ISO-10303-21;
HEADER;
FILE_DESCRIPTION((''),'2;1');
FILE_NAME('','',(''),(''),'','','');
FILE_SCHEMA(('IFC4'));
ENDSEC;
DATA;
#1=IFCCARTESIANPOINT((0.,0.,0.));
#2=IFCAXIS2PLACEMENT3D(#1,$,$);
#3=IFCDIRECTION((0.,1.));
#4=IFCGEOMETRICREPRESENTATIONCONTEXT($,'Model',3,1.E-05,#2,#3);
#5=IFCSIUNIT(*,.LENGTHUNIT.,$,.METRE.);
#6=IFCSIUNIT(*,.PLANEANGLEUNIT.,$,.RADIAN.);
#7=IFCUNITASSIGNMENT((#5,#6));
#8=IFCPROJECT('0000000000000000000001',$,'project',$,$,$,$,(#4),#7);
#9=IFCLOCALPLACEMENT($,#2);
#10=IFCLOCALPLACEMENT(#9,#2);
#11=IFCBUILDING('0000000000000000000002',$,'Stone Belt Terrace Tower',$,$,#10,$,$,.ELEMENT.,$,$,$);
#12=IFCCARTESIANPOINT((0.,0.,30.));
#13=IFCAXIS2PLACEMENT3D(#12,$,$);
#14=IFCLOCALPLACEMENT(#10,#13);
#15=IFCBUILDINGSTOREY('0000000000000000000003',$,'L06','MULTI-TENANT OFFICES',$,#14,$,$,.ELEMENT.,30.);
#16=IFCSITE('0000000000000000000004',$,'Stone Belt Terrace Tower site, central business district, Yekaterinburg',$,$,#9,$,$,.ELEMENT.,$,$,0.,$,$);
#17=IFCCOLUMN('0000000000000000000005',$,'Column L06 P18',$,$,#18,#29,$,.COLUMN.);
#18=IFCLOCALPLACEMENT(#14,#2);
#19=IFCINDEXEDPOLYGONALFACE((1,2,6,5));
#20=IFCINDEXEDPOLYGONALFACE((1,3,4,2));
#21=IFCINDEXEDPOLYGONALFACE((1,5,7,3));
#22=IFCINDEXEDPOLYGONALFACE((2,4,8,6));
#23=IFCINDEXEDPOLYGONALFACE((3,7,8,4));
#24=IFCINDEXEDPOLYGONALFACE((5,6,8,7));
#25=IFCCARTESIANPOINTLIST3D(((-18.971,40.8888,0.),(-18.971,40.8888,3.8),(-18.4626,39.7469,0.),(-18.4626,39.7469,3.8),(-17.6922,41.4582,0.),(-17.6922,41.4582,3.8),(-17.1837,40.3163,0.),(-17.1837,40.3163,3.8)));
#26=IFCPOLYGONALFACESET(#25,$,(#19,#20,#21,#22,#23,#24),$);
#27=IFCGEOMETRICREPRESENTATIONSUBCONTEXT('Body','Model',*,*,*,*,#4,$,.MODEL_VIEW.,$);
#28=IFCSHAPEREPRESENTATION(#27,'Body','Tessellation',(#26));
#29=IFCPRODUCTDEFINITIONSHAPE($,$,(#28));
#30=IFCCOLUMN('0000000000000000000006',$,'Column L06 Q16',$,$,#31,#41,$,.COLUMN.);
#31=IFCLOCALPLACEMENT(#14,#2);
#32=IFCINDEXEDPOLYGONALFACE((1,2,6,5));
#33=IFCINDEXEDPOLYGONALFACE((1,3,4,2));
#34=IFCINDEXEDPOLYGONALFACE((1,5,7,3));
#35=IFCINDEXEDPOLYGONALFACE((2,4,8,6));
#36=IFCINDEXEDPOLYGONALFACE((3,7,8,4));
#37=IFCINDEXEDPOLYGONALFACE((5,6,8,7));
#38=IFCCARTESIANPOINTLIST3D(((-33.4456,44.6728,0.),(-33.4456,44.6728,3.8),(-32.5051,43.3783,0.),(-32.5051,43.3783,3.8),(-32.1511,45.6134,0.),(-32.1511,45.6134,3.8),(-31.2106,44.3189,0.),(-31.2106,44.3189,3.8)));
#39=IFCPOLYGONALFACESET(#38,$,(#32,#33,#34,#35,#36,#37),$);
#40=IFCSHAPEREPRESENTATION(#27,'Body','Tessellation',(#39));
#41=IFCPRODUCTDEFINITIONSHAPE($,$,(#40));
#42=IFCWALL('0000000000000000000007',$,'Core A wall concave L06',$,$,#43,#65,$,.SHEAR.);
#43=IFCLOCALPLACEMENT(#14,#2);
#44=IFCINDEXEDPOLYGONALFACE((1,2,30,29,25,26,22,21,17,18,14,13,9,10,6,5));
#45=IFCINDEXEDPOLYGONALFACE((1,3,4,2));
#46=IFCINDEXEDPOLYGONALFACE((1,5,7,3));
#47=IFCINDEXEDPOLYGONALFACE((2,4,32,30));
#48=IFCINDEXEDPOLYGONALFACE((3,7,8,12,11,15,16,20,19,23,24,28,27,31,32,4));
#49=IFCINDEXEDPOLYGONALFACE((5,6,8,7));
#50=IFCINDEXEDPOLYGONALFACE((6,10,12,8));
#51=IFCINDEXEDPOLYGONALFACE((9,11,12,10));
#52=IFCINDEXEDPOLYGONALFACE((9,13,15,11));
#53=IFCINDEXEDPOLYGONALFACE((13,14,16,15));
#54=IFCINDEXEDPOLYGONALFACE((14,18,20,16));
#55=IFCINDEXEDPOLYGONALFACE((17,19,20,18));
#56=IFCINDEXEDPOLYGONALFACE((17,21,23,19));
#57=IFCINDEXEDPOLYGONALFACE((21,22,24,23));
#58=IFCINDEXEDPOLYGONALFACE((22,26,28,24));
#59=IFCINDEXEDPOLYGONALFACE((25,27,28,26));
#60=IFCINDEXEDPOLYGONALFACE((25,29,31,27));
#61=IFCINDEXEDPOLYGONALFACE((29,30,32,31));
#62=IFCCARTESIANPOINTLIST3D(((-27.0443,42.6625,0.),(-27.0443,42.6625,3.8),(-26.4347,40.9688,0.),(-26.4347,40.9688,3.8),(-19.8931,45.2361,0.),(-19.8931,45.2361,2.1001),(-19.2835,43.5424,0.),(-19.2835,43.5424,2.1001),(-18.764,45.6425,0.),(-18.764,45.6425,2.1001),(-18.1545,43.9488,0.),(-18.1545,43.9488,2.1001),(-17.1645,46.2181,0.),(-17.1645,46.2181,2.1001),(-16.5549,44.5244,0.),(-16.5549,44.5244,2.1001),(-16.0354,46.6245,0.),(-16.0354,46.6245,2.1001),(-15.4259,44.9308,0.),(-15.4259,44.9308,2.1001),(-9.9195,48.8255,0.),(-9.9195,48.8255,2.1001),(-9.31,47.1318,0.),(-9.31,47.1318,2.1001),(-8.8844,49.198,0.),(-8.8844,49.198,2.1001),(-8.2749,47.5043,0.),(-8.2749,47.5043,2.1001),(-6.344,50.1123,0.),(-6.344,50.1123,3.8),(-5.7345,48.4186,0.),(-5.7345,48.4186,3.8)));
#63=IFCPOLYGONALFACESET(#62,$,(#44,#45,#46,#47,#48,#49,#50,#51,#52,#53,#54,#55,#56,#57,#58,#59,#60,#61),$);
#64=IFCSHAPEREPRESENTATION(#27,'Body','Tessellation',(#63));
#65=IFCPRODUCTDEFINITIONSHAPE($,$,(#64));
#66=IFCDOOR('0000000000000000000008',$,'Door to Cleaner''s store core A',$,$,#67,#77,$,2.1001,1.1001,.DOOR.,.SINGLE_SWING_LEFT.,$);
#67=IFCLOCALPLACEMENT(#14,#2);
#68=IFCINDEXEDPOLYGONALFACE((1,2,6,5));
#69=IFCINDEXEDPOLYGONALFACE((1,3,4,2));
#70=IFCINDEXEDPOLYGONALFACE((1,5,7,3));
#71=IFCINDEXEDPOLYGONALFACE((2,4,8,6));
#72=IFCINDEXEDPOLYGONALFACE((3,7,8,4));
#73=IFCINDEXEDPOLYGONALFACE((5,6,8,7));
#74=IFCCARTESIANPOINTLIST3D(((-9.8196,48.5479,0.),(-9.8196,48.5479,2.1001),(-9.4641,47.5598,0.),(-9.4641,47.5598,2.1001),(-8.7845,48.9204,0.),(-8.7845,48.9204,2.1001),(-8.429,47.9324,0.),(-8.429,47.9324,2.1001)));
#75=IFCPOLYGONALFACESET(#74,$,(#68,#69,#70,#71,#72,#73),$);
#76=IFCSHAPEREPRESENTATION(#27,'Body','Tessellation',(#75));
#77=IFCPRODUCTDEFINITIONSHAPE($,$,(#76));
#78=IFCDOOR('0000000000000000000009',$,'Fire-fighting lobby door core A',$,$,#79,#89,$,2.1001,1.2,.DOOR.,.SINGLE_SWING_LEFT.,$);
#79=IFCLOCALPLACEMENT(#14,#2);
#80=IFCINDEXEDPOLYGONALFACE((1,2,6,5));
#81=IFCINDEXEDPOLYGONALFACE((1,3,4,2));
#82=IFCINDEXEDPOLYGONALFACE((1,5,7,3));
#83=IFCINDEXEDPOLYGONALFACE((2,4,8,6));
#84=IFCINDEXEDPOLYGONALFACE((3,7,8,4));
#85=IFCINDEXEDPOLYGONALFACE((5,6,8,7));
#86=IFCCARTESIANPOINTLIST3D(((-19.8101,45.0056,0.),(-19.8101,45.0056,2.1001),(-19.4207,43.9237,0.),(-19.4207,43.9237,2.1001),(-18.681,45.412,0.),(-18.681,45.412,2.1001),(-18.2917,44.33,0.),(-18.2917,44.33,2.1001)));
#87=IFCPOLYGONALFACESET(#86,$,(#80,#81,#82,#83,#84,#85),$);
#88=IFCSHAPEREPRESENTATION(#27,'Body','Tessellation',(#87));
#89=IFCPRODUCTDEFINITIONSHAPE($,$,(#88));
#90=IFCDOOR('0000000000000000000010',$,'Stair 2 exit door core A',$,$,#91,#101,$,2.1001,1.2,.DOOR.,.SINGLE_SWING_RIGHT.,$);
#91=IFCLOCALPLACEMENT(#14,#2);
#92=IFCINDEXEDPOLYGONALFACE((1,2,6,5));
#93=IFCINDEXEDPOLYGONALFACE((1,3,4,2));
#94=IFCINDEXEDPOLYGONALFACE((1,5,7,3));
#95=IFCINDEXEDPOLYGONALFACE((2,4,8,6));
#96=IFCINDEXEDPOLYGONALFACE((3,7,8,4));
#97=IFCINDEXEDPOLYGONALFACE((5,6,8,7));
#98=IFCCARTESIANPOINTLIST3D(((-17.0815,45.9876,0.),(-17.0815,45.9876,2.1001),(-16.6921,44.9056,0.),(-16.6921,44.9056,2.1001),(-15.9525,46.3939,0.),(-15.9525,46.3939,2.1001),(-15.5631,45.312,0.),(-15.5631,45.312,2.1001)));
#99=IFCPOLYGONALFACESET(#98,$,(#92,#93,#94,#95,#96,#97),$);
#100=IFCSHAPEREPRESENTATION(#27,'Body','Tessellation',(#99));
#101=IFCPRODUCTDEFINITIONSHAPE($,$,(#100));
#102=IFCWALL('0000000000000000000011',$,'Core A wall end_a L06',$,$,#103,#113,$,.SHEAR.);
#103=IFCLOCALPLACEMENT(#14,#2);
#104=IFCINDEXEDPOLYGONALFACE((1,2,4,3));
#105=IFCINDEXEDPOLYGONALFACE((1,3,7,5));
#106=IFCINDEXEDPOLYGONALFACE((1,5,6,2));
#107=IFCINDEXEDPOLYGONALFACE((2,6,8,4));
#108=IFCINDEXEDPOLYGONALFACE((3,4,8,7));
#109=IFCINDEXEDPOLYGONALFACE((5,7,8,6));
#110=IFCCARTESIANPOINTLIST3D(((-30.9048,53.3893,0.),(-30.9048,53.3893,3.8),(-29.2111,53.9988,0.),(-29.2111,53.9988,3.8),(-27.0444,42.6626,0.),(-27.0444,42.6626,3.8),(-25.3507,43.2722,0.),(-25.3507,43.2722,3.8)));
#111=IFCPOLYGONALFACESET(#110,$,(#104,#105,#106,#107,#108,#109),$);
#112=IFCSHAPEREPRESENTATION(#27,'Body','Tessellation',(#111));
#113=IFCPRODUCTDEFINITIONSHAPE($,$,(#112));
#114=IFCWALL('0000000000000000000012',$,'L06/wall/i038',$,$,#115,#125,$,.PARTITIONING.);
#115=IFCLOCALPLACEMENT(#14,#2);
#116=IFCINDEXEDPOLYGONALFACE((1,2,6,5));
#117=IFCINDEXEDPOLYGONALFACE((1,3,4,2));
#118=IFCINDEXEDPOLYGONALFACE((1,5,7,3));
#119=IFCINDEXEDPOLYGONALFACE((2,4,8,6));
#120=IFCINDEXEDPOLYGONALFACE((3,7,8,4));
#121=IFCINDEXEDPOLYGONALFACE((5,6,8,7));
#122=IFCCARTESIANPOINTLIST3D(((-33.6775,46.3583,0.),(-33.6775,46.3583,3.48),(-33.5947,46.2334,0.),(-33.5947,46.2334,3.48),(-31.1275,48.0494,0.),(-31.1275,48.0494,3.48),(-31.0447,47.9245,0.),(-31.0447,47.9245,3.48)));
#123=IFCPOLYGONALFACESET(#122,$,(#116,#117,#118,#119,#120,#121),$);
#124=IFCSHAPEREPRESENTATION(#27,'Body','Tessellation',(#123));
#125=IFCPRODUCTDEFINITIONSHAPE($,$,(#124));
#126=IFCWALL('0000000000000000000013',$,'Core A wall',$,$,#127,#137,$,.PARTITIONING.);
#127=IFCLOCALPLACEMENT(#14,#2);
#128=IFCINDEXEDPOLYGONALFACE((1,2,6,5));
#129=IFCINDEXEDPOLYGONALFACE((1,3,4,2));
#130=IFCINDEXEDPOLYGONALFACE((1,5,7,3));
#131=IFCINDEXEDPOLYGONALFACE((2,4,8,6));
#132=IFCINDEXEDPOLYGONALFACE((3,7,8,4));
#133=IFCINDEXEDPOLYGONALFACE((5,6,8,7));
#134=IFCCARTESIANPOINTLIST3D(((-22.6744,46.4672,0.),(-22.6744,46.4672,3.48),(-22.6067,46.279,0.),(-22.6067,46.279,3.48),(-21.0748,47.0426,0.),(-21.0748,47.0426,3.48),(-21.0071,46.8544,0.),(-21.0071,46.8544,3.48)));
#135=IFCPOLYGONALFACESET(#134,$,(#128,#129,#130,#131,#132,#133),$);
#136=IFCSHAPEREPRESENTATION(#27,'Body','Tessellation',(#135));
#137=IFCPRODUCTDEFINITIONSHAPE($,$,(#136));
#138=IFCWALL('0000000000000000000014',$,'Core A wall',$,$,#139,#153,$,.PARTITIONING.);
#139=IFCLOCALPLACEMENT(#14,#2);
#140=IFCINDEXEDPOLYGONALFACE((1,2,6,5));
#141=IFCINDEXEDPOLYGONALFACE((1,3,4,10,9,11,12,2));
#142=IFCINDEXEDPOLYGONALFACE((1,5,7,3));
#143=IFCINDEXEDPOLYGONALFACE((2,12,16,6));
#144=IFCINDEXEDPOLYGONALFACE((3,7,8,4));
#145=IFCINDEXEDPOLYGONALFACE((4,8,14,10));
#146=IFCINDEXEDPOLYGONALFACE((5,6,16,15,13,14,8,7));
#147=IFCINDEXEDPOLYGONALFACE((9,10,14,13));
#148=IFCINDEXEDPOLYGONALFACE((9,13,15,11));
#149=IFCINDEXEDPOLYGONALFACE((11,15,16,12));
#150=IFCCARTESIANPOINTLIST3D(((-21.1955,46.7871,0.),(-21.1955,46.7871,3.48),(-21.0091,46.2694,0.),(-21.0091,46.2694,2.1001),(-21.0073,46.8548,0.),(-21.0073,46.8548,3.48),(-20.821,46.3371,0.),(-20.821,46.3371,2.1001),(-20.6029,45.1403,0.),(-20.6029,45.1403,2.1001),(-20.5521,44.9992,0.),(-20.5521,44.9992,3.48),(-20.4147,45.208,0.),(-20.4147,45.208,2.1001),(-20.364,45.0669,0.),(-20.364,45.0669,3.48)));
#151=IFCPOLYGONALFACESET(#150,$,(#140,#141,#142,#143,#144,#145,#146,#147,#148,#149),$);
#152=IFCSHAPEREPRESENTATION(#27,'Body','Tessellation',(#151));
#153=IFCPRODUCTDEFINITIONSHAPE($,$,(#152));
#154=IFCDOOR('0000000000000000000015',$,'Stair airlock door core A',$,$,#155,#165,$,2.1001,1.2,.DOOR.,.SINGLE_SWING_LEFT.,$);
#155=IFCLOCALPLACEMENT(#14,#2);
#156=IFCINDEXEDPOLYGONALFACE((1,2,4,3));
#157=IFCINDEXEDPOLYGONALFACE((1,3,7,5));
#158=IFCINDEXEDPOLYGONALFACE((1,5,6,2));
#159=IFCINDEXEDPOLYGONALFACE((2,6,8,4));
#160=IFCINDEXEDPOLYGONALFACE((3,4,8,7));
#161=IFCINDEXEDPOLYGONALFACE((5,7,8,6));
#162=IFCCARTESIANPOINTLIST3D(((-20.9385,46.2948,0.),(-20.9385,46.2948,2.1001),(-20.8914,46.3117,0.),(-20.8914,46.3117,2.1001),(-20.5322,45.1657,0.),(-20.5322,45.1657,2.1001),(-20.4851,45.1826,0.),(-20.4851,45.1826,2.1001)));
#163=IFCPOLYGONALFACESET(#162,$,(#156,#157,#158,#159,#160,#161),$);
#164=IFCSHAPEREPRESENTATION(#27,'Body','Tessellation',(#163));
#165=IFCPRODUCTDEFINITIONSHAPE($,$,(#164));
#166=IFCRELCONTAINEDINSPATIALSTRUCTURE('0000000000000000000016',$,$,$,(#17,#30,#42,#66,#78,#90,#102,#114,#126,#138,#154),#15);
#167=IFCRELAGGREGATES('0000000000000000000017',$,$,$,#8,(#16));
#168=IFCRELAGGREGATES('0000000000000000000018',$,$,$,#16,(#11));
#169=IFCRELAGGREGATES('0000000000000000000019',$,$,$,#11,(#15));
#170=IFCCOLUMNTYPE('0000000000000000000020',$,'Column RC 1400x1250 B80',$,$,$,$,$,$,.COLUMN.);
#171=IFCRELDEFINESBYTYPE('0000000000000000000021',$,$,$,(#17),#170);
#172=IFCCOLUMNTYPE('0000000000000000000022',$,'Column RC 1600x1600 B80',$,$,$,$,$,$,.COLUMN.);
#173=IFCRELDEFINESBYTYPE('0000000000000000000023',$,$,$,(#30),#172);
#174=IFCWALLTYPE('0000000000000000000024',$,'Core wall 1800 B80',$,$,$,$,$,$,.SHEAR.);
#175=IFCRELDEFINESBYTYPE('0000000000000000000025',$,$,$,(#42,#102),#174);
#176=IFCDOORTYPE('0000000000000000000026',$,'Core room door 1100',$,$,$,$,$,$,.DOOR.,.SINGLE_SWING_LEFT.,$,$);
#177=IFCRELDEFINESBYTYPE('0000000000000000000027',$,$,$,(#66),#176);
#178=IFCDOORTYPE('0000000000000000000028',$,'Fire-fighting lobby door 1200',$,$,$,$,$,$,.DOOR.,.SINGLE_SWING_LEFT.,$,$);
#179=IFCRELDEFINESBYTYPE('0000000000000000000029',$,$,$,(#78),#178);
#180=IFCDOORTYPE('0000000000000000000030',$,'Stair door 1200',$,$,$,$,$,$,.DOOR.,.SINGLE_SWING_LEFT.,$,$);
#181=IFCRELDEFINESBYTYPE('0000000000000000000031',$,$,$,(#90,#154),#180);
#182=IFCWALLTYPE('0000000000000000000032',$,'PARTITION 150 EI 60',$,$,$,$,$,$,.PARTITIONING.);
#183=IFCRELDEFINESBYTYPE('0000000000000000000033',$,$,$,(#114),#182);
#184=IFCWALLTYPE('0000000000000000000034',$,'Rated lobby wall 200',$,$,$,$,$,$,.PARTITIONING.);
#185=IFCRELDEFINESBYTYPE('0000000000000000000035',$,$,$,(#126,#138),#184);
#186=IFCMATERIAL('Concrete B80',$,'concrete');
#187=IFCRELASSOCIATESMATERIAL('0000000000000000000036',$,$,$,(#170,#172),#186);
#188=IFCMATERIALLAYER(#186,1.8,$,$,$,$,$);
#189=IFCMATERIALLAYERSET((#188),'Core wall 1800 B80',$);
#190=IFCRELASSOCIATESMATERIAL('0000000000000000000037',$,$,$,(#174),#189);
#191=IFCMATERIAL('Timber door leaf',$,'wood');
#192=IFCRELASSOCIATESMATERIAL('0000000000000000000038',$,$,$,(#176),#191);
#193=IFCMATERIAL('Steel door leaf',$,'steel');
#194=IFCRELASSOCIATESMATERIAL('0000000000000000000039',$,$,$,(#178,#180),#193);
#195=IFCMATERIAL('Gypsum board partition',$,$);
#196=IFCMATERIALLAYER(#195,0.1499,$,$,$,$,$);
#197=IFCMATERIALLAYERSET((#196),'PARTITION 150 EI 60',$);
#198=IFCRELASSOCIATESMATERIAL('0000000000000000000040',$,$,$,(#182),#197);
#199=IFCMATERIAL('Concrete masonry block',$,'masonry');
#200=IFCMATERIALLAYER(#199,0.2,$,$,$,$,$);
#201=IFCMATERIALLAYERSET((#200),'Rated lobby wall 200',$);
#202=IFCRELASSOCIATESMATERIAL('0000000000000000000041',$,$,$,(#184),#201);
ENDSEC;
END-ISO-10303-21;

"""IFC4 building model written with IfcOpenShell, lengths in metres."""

from ifc_helpers import new_model, si_unit, direction, frame, frame_2d, origin, origin_2d, place, context, subcontext, project, spatial, rectangle, extrude, material, layer, layer_set, material_profile, profile_set, type_object, element, fill, save


model = new_model("IFC4")

# Units and contexts
model_context = context("Model", 3, precision=1e-05, world=origin(), true_north=direction((0.0, 1.0)))
body_context = subcontext(model_context, "Body", "Model", "MODEL_VIEW")
ifc_project = project(units=[si_unit("LENGTHUNIT", "METRE"), si_unit("PLANEANGLEUNIT", "RADIAN")], contexts=[model_context])

# Site, building, storey
site_placement = place(None, origin())
site = spatial("IfcSite", under=ifc_project, at=site_placement, Name="Stone Belt Terrace Tower site, central business district, Yekaterinburg", CompositionType="ELEMENT", RefElevation=0.0)
building_placement = place(site_placement, origin())
building = spatial("IfcBuilding", under=site, at=building_placement, Name="Stone Belt Terrace Tower", CompositionType="ELEMENT")
storey_placement = place(building_placement, frame((0.0, 0.0, 30.0)))
storey = spatial("IfcBuildingStorey", under=building, at=storey_placement, Name="L06", Description="MULTI-TENANT OFFICES", CompositionType="ELEMENT", Elevation=30.0)

# Columns
ifc_material_1 = material(Name="Concrete B80", Category="concrete")
ifc_material_profile_1 = material_profile(ifc_material_1, rectangle(XDim=1.3999, YDim=1.25, at=origin_2d()), Name="RC 1400x1250")
ifc_profile_set_1 = profile_set([ifc_material_profile_1], Name="Concrete B80")
column_type_1 = type_object("IfcColumnType", Name="Column RC 1400x1250 B80", PredefinedType="COLUMN", material=ifc_profile_set_1)
column_1_placement = place(storey_placement, frame((-18.0774, 40.6025, 0.0), z_axis=(0.0, 0.0, 1.0), x_axis=(0.913545, 0.406737, 0.0)))
element("IfcColumn", 1, at=column_1_placement, inside=storey, type_object=column_type_1, Name="Column L06 P18", PredefinedType="COLUMN", context=body_context, shape_type="SweptSolid", body=[
    extrude(rectangle(XDim=1.3999, YDim=1.25, at=origin_2d()), origin(), (0.0, 0.0, 1.0), 3.8),
])
ifc_material_profile_2 = material_profile(ifc_material_1, rectangle(XDim=1.6001, YDim=1.6001, at=origin_2d()), Name="RC 1600x1600")
ifc_profile_set_2 = profile_set([ifc_material_profile_2], Name="Concrete B80")
column_type_2 = type_object("IfcColumnType", Name="Column RC 1600x1600 B80", PredefinedType="COLUMN", material=ifc_profile_set_2)
column_2_placement = place(storey_placement, frame((-32.3281, 44.4958, 0.0), z_axis=(0.0, 0.0, 1.0), x_axis=(0.809017, 0.587785, 0.0)))
element("IfcColumn", 2, at=column_2_placement, inside=storey, type_object=column_type_2, Name="Column L06 Q16", PredefinedType="COLUMN", context=body_context, shape_type="SweptSolid", body=[
    extrude(rectangle(XDim=1.6001, YDim=1.6001, at=origin_2d()), origin(), (0.0, 0.0, 1.0), 3.8),
])

# Wall, openings, doors
ifc_layer_1 = layer(ifc_material_1, 1.8)
ifc_layer_set_1 = layer_set([ifc_layer_1], Name="Core wall 1800 B80")
wall_type_1 = type_object("IfcWallType", Name="Core wall 1800 B80", PredefinedType="SHEAR", material=ifc_layer_set_1)
wall_1_placement = place(storey_placement, frame((-26.7395, 41.8157, 0.0), z_axis=(0.0, 0.0, 1.0), x_axis=(0.940922, 0.338624, 0.0)))
wall_1 = element("IfcWall", 3, at=wall_1_placement, inside=storey, type_object=wall_type_1, Name="Core A wall concave L06", PredefinedType="SHEAR", context=body_context, shape_type="SweptSolid", body=[
    extrude(rectangle(XDim=22.0, YDim=1.8, at=frame_2d((11.0, 0.0))), origin(), (0.0, 0.0, 1.0), 3.8),
])
opening_1_placement = place(wall_1_placement, frame((7.6001, 0.0, 0.0)))
opening_1 = element("IfcOpeningElement", 4, at=opening_1_placement, cuts=wall_1, PredefinedType="OPENING", context=body_context, shape_type="SweptSolid", body=[
    extrude(rectangle(XDim=1.2, YDim=2.1001, at=frame_2d((0.6001, 1.05))), frame((0.0, 0.9099, 0.0), z_axis=(0.0, -1.0, 0.0), x_axis=(1.0, 0.0, 0.0)), (0.0, 0.0, 1.0), 1.8201),
])
opening_2_placement = place(wall_1_placement, frame((10.5, 0.0, 0.0)))
opening_2 = element("IfcOpeningElement", 5, at=opening_2_placement, cuts=wall_1, PredefinedType="OPENING", context=body_context, shape_type="SweptSolid", body=[
    extrude(rectangle(XDim=1.2, YDim=2.1001, at=frame_2d((0.6001, 1.05))), frame((0.0, 0.9099, 0.0), z_axis=(0.0, -1.0, 0.0), x_axis=(1.0, 0.0, 0.0)), (0.0, 0.0, 1.0), 1.8201),
])
opening_3_placement = place(wall_1_placement, frame((18.2, 0.0, 0.0)))
opening_3 = element("IfcOpeningElement", 6, at=opening_3_placement, cuts=wall_1, PredefinedType="OPENING", context=body_context, shape_type="SweptSolid", body=[
    extrude(rectangle(XDim=1.1001, YDim=2.1001, at=frame_2d((0.55, 1.05))), frame((0.0, 0.9099, 0.0), z_axis=(0.0, -1.0, 0.0), x_axis=(1.0, 0.0, 0.0)), (0.0, 0.0, 1.0), 1.8201),
])
ifc_material_2 = material(Name="Timber door leaf", Category="wood")
door_type_1 = type_object("IfcDoorType", Name="Core room door 1100", OperationType="SINGLE_SWING_LEFT", PredefinedType="DOOR", material=ifc_material_2)
door_1_placement = place(opening_3_placement, origin())
door_1 = element("IfcDoor", 7, at=door_1_placement, inside=storey, type_object=door_type_1, Name="Door to Cleaner's store core A", OperationType="SINGLE_SWING_LEFT", OverallHeight=2.1001, OverallWidth=1.1001, PredefinedType="DOOR", context=body_context, shape_type="SweptSolid", body=[
    extrude(rectangle(XDim=1.1001, YDim=2.1001, at=frame_2d((0.55, 1.05))), frame((0.0, 0.605, 0.0), z_axis=(0.0, -1.0, 0.0), x_axis=(1.0, 0.0, 0.0)), (0.0, 0.0, 1.0), 1.05),
])
fill(opening_3, door_1)
ifc_material_3 = material(Name="Steel door leaf", Category="steel")
door_type_2 = type_object("IfcDoorType", Name="Fire-fighting lobby door 1200", OperationType="SINGLE_SWING_LEFT", PredefinedType="DOOR", material=ifc_material_3)
door_2_placement = place(opening_1_placement, origin())
door_2 = element("IfcDoor", 8, at=door_2_placement, inside=storey, type_object=door_type_2, Name="Fire-fighting lobby door core A", OperationType="SINGLE_SWING_LEFT", OverallHeight=2.1001, OverallWidth=1.2, PredefinedType="DOOR", context=body_context, shape_type="SweptSolid", body=[
    extrude(rectangle(XDim=1.2, YDim=2.1001, at=frame_2d((0.6001, 1.05))), frame((0.0, 0.655, 0.0), z_axis=(0.0, -1.0, 0.0), x_axis=(1.0, 0.0, 0.0)), (0.0, 0.0, 1.0), 1.1499),
])
fill(opening_1, door_2)
door_type_3 = type_object("IfcDoorType", Name="Stair door 1200", OperationType="SINGLE_SWING_LEFT", PredefinedType="DOOR", material=ifc_material_3)
door_3_placement = place(opening_2_placement, origin())
door_3 = element("IfcDoor", 9, at=door_3_placement, inside=storey, type_object=door_type_3, Name="Stair 2 exit door core A", OperationType="SINGLE_SWING_RIGHT", OverallHeight=2.1001, OverallWidth=1.2, PredefinedType="DOOR", context=body_context, shape_type="SweptSolid", body=[
    extrude(rectangle(XDim=1.2, YDim=2.1001, at=frame_2d((0.6001, 1.05))), frame((0.0, 0.655, 0.0), z_axis=(0.0, -1.0, 0.0), x_axis=(1.0, 0.0, 0.0)), (0.0, 0.0, 1.0), 1.1499),
])
fill(opening_2, door_3)

# Walls
wall_2_placement = place(storey_placement, frame((-26.1975, 42.9673, 0.0), z_axis=(0.0, 0.0, 1.0), x_axis=(-0.338625, 0.940921, 0.0)))
element("IfcWall", 10, at=wall_2_placement, inside=storey, type_object=wall_type_1, Name="Core A wall end_a L06", PredefinedType="SHEAR", context=body_context, shape_type="SweptSolid", body=[
    extrude(rectangle(XDim=11.4001, YDim=1.8, at=frame_2d((5.7002, 0.0))), origin(), (0.0, 0.0, 1.0), 3.8),
])
ifc_material_4 = material(Name="Gypsum board partition")
ifc_layer_2 = layer(ifc_material_4, 0.1499)
ifc_layer_set_2 = layer_set([ifc_layer_2], Name="PARTITION 150 EI 60")
wall_type_2 = type_object("IfcWallType", Name="PARTITION 150 EI 60", PredefinedType="PARTITIONING", material=ifc_layer_set_2)
wall_3_placement = place(storey_placement, frame((-33.636, 46.2959, 0.0), z_axis=(0.0, 0.0, 1.0), x_axis=(0.833386, 0.552692, 0.0)))
element("IfcWall", 11, at=wall_3_placement, inside=storey, type_object=wall_type_2, Name="L06/wall/i038", PredefinedType="PARTITIONING", context=body_context, shape_type="SweptSolid", body=[
    extrude(rectangle(XDim=3.0598, YDim=0.1499, at=frame_2d((1.5298, 0.0))), origin(), (0.0, 0.0, 1.0), 3.48),
])
ifc_material_5 = material(Name="Concrete masonry block", Category="masonry")
ifc_layer_3 = layer(ifc_material_5, 0.2)
ifc_layer_set_3 = layer_set([ifc_layer_3], Name="Rated lobby wall 200")
wall_type_3 = type_object("IfcWallType", Name="Rated lobby wall 200", PredefinedType="PARTITIONING", material=ifc_layer_set_3)
wall_4_placement = place(storey_placement, frame((-22.6406, 46.373, 0.0), z_axis=(0.0, 0.0, 1.0), x_axis=(0.940966, 0.338501, 0.0)))
element("IfcWall", 12, at=wall_4_placement, inside=storey, type_object=wall_type_3, Name="Core A wall", PredefinedType="PARTITIONING", context=body_context, shape_type="SweptSolid", body=[
    extrude(rectangle(XDim=1.7, YDim=0.2, at=frame_2d((0.8501, 0.0))), origin(), (0.0, 0.0, 1.0), 3.48),
])

# Wall, opening, door
wall_5_placement = place(storey_placement, frame((-20.458, 45.033, 0.0), z_axis=(0.0, 0.0, 1.0), x_axis=(-0.338574, 0.94094, 0.0)))
wall_5 = element("IfcWall", 13, at=wall_5_placement, inside=storey, type_object=wall_type_3, Name="Core A wall", PredefinedType="PARTITIONING", context=body_context, shape_type="SweptSolid", body=[
    extrude(rectangle(XDim=1.9001, YDim=0.2, at=frame_2d((0.9502, 0.0))), origin(), (0.0, 0.0, 1.0), 3.48),
])
opening_4_placement = place(wall_5_placement, frame((0.1499, 0.0, 0.0)))
opening_4 = element("IfcOpeningElement", 14, at=opening_4_placement, cuts=wall_5, PredefinedType="OPENING", context=body_context, shape_type="SweptSolid", body=[
    extrude(rectangle(XDim=1.2, YDim=2.1001, at=frame_2d((0.6001, 1.05))), frame((0.0, 0.1099, 0.0), z_axis=(0.0, -1.0, 0.0), x_axis=(1.0, 0.0, 0.0)), (0.0, 0.0, 1.0), 0.22),
])
door_4_placement = place(opening_4_placement, origin())
door_4 = element("IfcDoor", 15, at=door_4_placement, inside=storey, type_object=door_type_3, Name="Stair airlock door core A", OperationType="SINGLE_SWING_LEFT", OverallHeight=2.1001, OverallWidth=1.2, PredefinedType="DOOR", context=body_context, shape_type="SweptSolid", body=[
    extrude(rectangle(XDim=1.2, YDim=2.1001, at=frame_2d((0.6001, 1.05))), frame((0.0, 0.0249, 0.0), z_axis=(0.0, -1.0, 0.0), x_axis=(1.0, 0.0, 0.0)), (0.0, 0.0, 1.0), 0.05),
])
fill(opening_4, door_4)

save(model, "model.ifc")
